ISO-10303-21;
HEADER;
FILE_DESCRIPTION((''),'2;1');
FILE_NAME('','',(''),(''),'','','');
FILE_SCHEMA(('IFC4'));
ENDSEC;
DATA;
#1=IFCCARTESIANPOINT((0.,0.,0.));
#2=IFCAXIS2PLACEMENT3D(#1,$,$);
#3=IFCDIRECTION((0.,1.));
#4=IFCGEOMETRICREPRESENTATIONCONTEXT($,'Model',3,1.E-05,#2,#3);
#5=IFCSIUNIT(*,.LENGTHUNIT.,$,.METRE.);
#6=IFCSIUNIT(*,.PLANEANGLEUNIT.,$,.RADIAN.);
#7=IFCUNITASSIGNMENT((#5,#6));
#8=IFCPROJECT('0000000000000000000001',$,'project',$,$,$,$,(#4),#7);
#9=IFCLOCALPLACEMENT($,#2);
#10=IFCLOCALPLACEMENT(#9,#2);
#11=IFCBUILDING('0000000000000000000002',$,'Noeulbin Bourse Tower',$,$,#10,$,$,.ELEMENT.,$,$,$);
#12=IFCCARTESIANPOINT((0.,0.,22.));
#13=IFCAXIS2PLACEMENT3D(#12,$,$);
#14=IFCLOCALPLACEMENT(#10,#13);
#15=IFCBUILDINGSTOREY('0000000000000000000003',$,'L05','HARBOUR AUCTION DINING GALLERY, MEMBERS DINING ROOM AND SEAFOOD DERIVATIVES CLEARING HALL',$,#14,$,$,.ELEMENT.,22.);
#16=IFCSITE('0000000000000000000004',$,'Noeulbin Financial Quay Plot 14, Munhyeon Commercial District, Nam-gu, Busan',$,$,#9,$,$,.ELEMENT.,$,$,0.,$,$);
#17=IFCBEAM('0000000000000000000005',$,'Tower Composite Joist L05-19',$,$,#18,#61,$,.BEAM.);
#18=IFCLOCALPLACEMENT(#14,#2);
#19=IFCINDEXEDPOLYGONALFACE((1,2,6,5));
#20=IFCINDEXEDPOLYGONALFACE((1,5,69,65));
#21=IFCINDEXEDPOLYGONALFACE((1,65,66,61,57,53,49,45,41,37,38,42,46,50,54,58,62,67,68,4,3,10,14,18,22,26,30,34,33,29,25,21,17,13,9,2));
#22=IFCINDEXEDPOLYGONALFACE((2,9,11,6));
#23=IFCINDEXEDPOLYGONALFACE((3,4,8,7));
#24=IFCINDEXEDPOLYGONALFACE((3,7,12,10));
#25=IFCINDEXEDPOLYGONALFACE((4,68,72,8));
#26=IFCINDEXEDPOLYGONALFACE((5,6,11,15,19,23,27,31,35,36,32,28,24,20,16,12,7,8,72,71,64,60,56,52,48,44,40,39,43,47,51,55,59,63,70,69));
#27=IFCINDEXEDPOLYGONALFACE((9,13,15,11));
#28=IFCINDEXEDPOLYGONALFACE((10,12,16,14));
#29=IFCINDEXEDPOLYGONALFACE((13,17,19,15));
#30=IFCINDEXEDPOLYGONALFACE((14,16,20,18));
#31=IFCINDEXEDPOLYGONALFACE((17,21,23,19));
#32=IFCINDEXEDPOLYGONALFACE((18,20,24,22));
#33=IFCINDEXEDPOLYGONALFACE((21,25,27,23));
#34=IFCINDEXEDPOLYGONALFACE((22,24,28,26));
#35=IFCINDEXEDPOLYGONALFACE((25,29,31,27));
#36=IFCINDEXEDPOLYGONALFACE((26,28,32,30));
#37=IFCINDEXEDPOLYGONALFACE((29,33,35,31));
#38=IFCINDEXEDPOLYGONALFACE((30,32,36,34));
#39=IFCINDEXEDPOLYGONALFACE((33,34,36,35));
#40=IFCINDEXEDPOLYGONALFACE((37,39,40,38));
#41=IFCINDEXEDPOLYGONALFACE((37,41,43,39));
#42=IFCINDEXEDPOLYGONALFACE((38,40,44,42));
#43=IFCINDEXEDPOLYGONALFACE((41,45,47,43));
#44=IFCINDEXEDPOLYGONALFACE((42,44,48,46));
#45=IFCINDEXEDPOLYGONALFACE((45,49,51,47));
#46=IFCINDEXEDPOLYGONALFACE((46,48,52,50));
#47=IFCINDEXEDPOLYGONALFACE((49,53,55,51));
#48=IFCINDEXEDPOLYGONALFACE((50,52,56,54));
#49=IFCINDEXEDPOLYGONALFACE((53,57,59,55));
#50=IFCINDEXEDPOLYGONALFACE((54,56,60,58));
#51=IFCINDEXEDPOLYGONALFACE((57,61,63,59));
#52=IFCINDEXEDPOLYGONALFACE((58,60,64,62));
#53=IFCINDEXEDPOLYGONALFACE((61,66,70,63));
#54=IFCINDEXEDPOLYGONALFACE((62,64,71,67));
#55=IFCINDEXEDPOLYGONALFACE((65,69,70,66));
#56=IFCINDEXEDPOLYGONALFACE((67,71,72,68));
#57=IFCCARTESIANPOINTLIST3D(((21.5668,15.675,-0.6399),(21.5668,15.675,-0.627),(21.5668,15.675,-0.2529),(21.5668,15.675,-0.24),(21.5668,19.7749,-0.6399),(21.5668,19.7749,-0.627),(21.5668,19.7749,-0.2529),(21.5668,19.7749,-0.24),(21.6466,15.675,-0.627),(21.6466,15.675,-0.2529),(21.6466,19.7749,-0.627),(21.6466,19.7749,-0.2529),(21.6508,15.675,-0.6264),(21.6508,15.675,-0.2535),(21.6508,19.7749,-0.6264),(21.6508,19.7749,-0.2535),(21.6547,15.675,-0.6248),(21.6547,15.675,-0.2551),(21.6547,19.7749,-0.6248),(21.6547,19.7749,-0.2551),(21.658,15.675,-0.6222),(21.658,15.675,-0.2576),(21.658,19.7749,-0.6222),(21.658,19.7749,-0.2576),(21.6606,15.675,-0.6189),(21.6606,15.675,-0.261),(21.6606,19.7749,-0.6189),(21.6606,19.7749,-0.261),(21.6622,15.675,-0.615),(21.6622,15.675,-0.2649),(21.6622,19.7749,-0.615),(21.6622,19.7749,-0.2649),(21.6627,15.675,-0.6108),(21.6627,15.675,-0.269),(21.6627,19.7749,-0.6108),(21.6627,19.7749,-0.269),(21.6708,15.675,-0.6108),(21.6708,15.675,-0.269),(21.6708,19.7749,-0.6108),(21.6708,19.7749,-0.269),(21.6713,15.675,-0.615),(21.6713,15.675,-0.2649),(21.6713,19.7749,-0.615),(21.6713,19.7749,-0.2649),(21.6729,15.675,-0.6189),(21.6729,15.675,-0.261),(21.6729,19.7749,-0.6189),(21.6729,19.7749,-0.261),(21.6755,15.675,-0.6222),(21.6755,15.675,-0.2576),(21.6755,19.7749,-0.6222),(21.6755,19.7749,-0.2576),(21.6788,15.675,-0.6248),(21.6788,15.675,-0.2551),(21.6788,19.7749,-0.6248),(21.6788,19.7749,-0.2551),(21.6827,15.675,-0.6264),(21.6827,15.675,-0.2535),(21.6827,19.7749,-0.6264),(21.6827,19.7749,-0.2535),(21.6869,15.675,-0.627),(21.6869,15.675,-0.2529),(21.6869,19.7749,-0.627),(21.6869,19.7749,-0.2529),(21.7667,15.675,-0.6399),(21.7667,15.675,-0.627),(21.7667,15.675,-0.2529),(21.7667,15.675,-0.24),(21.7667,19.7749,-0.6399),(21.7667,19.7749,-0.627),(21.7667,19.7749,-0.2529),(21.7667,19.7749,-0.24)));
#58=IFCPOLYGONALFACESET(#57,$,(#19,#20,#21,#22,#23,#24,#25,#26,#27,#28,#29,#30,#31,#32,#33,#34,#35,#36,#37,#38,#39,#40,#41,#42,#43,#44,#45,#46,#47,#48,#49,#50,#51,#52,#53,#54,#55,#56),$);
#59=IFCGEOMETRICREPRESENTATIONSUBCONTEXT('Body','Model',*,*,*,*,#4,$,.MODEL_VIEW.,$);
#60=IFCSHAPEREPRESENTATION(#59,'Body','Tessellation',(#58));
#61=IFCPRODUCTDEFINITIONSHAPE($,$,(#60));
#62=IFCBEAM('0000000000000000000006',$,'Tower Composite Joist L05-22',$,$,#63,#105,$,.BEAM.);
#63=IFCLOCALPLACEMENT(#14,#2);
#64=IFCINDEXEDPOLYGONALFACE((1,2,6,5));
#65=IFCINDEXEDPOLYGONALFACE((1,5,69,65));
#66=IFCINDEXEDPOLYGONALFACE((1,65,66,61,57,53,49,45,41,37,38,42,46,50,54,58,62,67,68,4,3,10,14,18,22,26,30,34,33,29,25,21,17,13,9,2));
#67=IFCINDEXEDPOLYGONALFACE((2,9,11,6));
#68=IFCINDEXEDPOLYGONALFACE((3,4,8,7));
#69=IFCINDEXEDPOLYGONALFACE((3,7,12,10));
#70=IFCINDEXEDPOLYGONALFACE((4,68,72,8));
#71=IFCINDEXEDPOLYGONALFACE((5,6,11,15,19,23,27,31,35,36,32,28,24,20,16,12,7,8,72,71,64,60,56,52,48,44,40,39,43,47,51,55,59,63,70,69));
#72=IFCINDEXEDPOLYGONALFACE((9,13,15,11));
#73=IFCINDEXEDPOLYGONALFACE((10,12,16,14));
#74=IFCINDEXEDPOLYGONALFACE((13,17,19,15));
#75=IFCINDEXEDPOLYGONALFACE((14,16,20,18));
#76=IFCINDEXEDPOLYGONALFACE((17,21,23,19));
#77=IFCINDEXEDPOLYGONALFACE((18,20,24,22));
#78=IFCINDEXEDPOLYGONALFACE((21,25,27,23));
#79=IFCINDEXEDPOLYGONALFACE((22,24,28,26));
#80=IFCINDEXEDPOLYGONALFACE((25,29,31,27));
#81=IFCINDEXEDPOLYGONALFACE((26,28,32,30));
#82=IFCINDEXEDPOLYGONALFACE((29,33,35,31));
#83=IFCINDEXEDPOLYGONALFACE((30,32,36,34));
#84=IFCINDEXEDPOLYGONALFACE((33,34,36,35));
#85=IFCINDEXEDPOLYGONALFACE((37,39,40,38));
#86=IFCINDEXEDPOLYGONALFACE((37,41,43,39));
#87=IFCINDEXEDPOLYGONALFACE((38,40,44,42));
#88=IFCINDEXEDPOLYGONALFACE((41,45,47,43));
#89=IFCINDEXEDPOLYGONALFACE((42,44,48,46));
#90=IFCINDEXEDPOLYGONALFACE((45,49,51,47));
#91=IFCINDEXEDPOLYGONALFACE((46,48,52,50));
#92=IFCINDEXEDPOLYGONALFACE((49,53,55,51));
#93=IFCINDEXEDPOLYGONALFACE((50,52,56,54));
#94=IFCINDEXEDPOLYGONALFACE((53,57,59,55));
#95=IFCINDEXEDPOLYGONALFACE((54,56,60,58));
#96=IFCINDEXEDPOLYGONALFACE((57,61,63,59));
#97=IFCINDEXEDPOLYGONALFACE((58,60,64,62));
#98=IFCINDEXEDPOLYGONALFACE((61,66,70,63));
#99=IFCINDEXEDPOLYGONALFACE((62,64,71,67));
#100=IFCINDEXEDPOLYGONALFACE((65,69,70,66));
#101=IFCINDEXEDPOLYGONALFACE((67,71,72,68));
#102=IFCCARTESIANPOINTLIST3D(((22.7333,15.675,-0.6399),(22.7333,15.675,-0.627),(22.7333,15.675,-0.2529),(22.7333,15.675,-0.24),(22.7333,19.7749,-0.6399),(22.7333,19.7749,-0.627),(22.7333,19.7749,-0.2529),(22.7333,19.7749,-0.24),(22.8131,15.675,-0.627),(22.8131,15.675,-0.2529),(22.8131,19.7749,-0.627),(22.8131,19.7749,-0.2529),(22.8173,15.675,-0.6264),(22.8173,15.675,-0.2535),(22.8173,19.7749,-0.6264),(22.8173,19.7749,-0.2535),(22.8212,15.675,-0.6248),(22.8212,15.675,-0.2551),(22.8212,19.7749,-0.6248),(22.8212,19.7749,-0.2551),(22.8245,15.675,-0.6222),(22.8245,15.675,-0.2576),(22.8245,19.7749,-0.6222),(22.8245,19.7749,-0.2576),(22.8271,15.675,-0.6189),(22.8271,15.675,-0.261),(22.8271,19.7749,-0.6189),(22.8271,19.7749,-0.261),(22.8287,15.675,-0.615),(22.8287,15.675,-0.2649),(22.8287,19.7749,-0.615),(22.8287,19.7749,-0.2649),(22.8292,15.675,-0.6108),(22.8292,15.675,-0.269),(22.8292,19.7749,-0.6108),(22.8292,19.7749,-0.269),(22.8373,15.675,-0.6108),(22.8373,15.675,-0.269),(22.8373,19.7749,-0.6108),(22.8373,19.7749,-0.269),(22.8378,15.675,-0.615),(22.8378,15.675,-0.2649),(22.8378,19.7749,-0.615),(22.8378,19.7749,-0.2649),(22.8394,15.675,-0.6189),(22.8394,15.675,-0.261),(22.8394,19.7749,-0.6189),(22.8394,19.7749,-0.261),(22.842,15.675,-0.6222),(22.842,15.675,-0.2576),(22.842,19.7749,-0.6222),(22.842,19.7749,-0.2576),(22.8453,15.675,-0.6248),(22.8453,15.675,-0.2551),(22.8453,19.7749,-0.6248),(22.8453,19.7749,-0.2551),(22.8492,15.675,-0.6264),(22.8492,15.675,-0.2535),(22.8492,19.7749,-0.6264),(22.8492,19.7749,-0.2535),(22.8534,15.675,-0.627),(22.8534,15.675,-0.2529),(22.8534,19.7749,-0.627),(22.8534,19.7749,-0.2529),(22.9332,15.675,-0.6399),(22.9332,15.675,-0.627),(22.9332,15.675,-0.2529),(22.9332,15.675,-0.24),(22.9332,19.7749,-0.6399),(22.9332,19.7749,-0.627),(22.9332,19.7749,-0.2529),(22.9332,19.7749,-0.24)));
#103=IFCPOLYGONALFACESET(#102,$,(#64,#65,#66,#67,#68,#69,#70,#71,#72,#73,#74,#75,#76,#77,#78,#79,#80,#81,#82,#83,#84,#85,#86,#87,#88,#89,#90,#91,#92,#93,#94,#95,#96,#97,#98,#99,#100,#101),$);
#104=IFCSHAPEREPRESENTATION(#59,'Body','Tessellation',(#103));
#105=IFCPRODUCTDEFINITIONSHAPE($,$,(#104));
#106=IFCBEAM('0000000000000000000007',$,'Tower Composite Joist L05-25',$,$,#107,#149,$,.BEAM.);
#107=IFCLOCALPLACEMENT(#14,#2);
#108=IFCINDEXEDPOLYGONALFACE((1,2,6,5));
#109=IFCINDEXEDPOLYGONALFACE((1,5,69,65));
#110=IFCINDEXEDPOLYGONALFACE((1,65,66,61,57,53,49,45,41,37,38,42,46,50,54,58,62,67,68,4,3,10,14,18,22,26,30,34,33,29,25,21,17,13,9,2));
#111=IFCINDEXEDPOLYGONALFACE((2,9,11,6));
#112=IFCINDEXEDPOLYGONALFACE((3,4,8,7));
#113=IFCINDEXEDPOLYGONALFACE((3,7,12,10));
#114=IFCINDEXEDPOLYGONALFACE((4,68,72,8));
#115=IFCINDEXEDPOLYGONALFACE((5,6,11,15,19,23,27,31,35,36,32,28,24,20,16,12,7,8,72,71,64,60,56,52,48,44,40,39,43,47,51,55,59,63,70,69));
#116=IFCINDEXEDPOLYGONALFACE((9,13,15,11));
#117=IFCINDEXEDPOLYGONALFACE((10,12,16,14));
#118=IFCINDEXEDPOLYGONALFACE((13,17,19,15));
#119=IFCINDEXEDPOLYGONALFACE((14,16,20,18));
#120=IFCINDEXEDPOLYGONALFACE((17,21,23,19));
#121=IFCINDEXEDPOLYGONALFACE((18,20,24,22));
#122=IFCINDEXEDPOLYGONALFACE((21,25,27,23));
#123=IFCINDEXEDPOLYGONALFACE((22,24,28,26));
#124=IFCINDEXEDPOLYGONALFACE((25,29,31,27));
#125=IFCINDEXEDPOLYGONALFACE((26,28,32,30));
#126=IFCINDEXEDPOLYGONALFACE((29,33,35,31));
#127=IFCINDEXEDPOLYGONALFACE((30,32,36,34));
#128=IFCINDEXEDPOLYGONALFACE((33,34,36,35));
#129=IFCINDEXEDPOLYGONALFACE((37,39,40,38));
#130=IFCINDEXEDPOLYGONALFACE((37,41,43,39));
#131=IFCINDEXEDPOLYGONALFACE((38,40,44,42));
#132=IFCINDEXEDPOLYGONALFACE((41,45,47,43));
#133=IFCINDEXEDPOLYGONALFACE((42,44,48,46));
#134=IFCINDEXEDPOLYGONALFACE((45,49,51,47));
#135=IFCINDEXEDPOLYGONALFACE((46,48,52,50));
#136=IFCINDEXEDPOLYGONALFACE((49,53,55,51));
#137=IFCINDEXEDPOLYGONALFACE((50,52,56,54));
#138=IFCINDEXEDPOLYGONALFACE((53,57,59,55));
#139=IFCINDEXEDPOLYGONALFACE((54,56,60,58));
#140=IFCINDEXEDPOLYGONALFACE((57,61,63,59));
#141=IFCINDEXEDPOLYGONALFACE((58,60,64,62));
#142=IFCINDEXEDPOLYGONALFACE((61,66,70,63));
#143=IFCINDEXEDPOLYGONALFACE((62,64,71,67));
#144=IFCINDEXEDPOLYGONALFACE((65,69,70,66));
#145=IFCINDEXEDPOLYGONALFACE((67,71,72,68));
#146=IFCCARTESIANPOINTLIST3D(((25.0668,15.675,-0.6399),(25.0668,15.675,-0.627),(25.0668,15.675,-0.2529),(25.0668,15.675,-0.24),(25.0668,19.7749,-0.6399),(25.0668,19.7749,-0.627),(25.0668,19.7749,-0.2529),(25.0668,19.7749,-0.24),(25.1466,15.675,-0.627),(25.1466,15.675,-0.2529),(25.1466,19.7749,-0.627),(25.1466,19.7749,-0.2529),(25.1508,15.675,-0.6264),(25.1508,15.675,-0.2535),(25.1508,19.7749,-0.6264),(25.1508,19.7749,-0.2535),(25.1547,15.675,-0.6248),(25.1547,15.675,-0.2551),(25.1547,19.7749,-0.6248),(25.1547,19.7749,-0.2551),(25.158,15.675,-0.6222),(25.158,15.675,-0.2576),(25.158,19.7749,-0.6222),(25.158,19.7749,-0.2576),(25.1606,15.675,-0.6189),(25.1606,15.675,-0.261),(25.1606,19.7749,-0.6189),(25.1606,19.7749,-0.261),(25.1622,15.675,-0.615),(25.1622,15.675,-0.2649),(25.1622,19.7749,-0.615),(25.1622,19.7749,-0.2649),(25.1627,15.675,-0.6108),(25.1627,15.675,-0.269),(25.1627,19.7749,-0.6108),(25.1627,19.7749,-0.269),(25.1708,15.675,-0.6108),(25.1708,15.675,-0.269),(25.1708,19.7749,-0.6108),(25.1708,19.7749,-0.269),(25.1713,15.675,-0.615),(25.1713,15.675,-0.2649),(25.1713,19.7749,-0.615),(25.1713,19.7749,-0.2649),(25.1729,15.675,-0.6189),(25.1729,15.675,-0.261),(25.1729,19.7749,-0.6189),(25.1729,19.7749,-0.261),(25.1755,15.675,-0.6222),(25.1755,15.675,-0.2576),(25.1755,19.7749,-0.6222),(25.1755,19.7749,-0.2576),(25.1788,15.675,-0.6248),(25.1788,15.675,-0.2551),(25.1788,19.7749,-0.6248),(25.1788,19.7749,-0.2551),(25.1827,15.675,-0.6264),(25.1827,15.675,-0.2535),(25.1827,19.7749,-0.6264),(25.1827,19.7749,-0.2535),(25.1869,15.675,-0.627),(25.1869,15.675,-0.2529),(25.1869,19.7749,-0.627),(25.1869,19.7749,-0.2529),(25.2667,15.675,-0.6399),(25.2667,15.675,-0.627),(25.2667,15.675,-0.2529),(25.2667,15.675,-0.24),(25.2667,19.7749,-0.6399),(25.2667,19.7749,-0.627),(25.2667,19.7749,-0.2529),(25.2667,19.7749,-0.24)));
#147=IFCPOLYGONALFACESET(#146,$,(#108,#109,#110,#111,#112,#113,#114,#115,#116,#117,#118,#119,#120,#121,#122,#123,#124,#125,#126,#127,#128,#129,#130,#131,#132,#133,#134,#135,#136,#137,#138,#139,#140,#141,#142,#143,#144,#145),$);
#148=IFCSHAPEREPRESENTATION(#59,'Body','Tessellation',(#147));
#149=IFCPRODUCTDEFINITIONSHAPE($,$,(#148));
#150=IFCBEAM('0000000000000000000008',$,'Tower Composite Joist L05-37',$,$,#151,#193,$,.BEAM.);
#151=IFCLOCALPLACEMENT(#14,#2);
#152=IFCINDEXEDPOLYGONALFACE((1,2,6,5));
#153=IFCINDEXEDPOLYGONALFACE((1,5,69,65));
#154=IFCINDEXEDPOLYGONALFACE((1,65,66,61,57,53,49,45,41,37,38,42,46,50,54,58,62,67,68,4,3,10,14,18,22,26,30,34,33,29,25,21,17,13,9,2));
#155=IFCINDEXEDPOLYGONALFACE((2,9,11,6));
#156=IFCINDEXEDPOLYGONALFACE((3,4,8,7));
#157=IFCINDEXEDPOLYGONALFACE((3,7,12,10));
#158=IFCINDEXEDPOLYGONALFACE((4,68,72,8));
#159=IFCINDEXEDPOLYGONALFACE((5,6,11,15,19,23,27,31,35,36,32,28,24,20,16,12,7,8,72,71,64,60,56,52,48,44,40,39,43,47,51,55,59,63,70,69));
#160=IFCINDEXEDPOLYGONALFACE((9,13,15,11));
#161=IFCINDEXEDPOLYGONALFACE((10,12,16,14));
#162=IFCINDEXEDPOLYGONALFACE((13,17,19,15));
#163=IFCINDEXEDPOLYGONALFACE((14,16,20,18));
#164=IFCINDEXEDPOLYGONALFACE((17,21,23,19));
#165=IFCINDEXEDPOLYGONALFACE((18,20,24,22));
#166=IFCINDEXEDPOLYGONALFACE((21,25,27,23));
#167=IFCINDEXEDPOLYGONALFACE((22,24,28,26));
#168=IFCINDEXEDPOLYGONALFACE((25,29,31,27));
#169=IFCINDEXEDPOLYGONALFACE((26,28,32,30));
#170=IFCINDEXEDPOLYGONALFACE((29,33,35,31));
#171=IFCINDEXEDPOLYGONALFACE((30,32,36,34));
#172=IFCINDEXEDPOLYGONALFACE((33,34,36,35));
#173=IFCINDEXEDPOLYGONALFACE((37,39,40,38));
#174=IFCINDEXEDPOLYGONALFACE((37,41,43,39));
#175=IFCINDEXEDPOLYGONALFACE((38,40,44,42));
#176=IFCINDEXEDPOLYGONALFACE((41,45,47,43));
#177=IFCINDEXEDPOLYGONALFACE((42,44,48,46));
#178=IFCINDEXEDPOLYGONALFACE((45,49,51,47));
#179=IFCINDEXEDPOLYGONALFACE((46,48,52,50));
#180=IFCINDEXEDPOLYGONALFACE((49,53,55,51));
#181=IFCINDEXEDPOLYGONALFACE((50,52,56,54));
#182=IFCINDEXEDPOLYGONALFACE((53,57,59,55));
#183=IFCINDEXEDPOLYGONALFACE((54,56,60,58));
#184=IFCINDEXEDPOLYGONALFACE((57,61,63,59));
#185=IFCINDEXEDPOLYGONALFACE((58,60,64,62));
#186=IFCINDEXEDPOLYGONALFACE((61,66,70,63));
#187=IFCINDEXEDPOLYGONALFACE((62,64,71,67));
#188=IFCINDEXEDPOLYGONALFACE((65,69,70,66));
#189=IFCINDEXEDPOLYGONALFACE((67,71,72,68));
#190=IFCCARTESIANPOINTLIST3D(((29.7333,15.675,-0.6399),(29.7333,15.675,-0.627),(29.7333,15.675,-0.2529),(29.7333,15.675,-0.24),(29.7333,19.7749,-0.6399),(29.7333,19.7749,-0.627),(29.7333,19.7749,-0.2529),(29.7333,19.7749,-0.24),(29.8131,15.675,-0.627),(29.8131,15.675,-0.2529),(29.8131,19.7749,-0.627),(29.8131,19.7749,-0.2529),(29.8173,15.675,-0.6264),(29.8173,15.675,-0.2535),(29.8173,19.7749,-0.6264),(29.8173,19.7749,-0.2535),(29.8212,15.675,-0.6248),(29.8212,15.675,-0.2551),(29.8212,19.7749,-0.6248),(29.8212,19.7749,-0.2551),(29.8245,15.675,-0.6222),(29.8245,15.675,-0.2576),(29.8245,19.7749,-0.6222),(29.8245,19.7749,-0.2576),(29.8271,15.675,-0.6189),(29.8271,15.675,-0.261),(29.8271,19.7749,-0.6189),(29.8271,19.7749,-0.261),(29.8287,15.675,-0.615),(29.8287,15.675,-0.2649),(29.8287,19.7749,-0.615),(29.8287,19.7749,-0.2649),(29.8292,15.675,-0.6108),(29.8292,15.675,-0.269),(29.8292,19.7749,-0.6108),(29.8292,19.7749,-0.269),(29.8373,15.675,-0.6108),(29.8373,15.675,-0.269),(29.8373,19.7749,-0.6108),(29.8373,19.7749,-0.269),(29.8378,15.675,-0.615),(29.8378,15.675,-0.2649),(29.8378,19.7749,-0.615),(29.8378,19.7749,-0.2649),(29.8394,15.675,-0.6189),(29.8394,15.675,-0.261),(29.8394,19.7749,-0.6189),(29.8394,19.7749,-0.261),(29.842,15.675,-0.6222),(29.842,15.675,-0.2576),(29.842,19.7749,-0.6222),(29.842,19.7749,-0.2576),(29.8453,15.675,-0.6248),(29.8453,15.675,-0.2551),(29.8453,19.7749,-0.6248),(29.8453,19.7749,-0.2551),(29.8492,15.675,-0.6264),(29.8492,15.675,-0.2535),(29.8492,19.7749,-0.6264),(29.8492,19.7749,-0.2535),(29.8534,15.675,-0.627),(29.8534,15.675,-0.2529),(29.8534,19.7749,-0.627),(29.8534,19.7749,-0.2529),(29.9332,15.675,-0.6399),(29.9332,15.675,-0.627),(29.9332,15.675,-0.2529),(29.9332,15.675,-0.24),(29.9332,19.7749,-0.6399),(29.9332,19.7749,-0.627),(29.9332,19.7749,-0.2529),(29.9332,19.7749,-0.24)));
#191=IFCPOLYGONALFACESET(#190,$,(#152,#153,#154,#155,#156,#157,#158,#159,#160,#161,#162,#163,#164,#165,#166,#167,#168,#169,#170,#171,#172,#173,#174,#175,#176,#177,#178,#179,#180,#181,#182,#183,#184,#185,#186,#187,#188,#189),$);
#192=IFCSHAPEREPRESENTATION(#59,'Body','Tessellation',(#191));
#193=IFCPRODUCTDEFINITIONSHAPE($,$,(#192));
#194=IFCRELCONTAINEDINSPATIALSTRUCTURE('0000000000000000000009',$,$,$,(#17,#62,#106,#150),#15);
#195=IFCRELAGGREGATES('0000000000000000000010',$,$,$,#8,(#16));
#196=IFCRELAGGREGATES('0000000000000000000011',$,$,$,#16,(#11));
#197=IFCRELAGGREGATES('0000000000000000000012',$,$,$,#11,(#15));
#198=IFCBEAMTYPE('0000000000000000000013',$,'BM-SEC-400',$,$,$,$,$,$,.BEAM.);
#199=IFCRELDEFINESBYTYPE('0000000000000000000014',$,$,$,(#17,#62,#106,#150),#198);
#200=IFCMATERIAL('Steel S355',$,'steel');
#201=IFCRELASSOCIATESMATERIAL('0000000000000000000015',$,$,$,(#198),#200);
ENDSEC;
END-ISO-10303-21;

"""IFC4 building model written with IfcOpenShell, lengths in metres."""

from ifc_helpers import new_model, si_unit, direction, frame, origin, origin_2d, place, context, subcontext, project, spatial, i_section, extrude, material, material_profile, profile_set, type_object, element, save


model = new_model("IFC4")

# Units and contexts
model_context = context("Model", 3, precision=1e-05, world=origin(), true_north=direction((0.0, 1.0)))
body_context = subcontext(model_context, "Body", "Model", "MODEL_VIEW")
ifc_project = project(units=[si_unit("LENGTHUNIT", "METRE"), si_unit("PLANEANGLEUNIT", "RADIAN")], contexts=[model_context])

# Site, building, storey
site_placement = place(None, origin())
site = spatial("IfcSite", under=ifc_project, at=site_placement, Name="Noeulbin Financial Quay Plot 14, Munhyeon Commercial District, Nam-gu, Busan", CompositionType="ELEMENT", RefElevation=0.0)
building_placement = place(site_placement, origin())
building = spatial("IfcBuilding", under=site, at=building_placement, Name="Noeulbin Bourse Tower", CompositionType="ELEMENT")
storey_placement = place(building_placement, frame((0.0, 0.0, 22.0)))
storey = spatial("IfcBuildingStorey", under=building, at=storey_placement, Name="L05", Description="HARBOUR AUCTION DINING GALLERY, MEMBERS DINING ROOM AND SEAFOOD DERIVATIVES CLEARING HALL", CompositionType="ELEMENT", Elevation=22.0)

# Beams
ifc_material_1 = material(Name="Steel S355", Category="steel")
ifc_material_profile_1 = material_profile(ifc_material_1, i_section(OverallWidth=0.2, OverallDepth=0.3999, WebThickness=0.0081, FlangeThickness=0.0129, FilletRadius=0.0161, at=origin_2d()), Name="H-400x200x8x13", Category="LoadBearing")
ifc_profile_set_1 = profile_set([ifc_material_profile_1], Name="Steel S355")
beam_type_1 = type_object("IfcBeamType", Name="BM-SEC-400", PredefinedType="BEAM", material=ifc_profile_set_1)
for number, where, z_axis, x_axis, name in (
    (1, (21.6667, 15.675, -0.4399), (0.0, 1.0, 0.0), (-1.0, 0.0, 0.0), "Tower Composite Joist L05-19"),
    (2, (22.8333, 15.675, -0.4399), (0.0, 1.0, 0.0), (-1.0, 0.0, 0.0), "Tower Composite Joist L05-22"),
    (3, (25.1667, 15.675, -0.4399), (0.0, 1.0, 0.0), (-1.0, 0.0, 0.0), "Tower Composite Joist L05-25"),
    (4, (29.8333, 15.675, -0.4399), (0.0, 1.0, 0.0), (-1.0, 0.0, 0.0), "Tower Composite Joist L05-37"),
):
    element("IfcBeam", number, at=place(storey_placement, frame(where, z_axis=z_axis, x_axis=x_axis)), inside=storey, type_object=beam_type_1, Name=name, PredefinedType="BEAM", context=body_context, shape_type="SweptSolid", body=[
        extrude(i_section(OverallWidth=0.2, OverallDepth=0.3999, WebThickness=0.0081, FlangeThickness=0.0129, FilletRadius=0.0161, at=origin_2d()), origin(), (0.0, 0.0, 1.0), 4.0999),
    ])

save(model, "model.ifc")
